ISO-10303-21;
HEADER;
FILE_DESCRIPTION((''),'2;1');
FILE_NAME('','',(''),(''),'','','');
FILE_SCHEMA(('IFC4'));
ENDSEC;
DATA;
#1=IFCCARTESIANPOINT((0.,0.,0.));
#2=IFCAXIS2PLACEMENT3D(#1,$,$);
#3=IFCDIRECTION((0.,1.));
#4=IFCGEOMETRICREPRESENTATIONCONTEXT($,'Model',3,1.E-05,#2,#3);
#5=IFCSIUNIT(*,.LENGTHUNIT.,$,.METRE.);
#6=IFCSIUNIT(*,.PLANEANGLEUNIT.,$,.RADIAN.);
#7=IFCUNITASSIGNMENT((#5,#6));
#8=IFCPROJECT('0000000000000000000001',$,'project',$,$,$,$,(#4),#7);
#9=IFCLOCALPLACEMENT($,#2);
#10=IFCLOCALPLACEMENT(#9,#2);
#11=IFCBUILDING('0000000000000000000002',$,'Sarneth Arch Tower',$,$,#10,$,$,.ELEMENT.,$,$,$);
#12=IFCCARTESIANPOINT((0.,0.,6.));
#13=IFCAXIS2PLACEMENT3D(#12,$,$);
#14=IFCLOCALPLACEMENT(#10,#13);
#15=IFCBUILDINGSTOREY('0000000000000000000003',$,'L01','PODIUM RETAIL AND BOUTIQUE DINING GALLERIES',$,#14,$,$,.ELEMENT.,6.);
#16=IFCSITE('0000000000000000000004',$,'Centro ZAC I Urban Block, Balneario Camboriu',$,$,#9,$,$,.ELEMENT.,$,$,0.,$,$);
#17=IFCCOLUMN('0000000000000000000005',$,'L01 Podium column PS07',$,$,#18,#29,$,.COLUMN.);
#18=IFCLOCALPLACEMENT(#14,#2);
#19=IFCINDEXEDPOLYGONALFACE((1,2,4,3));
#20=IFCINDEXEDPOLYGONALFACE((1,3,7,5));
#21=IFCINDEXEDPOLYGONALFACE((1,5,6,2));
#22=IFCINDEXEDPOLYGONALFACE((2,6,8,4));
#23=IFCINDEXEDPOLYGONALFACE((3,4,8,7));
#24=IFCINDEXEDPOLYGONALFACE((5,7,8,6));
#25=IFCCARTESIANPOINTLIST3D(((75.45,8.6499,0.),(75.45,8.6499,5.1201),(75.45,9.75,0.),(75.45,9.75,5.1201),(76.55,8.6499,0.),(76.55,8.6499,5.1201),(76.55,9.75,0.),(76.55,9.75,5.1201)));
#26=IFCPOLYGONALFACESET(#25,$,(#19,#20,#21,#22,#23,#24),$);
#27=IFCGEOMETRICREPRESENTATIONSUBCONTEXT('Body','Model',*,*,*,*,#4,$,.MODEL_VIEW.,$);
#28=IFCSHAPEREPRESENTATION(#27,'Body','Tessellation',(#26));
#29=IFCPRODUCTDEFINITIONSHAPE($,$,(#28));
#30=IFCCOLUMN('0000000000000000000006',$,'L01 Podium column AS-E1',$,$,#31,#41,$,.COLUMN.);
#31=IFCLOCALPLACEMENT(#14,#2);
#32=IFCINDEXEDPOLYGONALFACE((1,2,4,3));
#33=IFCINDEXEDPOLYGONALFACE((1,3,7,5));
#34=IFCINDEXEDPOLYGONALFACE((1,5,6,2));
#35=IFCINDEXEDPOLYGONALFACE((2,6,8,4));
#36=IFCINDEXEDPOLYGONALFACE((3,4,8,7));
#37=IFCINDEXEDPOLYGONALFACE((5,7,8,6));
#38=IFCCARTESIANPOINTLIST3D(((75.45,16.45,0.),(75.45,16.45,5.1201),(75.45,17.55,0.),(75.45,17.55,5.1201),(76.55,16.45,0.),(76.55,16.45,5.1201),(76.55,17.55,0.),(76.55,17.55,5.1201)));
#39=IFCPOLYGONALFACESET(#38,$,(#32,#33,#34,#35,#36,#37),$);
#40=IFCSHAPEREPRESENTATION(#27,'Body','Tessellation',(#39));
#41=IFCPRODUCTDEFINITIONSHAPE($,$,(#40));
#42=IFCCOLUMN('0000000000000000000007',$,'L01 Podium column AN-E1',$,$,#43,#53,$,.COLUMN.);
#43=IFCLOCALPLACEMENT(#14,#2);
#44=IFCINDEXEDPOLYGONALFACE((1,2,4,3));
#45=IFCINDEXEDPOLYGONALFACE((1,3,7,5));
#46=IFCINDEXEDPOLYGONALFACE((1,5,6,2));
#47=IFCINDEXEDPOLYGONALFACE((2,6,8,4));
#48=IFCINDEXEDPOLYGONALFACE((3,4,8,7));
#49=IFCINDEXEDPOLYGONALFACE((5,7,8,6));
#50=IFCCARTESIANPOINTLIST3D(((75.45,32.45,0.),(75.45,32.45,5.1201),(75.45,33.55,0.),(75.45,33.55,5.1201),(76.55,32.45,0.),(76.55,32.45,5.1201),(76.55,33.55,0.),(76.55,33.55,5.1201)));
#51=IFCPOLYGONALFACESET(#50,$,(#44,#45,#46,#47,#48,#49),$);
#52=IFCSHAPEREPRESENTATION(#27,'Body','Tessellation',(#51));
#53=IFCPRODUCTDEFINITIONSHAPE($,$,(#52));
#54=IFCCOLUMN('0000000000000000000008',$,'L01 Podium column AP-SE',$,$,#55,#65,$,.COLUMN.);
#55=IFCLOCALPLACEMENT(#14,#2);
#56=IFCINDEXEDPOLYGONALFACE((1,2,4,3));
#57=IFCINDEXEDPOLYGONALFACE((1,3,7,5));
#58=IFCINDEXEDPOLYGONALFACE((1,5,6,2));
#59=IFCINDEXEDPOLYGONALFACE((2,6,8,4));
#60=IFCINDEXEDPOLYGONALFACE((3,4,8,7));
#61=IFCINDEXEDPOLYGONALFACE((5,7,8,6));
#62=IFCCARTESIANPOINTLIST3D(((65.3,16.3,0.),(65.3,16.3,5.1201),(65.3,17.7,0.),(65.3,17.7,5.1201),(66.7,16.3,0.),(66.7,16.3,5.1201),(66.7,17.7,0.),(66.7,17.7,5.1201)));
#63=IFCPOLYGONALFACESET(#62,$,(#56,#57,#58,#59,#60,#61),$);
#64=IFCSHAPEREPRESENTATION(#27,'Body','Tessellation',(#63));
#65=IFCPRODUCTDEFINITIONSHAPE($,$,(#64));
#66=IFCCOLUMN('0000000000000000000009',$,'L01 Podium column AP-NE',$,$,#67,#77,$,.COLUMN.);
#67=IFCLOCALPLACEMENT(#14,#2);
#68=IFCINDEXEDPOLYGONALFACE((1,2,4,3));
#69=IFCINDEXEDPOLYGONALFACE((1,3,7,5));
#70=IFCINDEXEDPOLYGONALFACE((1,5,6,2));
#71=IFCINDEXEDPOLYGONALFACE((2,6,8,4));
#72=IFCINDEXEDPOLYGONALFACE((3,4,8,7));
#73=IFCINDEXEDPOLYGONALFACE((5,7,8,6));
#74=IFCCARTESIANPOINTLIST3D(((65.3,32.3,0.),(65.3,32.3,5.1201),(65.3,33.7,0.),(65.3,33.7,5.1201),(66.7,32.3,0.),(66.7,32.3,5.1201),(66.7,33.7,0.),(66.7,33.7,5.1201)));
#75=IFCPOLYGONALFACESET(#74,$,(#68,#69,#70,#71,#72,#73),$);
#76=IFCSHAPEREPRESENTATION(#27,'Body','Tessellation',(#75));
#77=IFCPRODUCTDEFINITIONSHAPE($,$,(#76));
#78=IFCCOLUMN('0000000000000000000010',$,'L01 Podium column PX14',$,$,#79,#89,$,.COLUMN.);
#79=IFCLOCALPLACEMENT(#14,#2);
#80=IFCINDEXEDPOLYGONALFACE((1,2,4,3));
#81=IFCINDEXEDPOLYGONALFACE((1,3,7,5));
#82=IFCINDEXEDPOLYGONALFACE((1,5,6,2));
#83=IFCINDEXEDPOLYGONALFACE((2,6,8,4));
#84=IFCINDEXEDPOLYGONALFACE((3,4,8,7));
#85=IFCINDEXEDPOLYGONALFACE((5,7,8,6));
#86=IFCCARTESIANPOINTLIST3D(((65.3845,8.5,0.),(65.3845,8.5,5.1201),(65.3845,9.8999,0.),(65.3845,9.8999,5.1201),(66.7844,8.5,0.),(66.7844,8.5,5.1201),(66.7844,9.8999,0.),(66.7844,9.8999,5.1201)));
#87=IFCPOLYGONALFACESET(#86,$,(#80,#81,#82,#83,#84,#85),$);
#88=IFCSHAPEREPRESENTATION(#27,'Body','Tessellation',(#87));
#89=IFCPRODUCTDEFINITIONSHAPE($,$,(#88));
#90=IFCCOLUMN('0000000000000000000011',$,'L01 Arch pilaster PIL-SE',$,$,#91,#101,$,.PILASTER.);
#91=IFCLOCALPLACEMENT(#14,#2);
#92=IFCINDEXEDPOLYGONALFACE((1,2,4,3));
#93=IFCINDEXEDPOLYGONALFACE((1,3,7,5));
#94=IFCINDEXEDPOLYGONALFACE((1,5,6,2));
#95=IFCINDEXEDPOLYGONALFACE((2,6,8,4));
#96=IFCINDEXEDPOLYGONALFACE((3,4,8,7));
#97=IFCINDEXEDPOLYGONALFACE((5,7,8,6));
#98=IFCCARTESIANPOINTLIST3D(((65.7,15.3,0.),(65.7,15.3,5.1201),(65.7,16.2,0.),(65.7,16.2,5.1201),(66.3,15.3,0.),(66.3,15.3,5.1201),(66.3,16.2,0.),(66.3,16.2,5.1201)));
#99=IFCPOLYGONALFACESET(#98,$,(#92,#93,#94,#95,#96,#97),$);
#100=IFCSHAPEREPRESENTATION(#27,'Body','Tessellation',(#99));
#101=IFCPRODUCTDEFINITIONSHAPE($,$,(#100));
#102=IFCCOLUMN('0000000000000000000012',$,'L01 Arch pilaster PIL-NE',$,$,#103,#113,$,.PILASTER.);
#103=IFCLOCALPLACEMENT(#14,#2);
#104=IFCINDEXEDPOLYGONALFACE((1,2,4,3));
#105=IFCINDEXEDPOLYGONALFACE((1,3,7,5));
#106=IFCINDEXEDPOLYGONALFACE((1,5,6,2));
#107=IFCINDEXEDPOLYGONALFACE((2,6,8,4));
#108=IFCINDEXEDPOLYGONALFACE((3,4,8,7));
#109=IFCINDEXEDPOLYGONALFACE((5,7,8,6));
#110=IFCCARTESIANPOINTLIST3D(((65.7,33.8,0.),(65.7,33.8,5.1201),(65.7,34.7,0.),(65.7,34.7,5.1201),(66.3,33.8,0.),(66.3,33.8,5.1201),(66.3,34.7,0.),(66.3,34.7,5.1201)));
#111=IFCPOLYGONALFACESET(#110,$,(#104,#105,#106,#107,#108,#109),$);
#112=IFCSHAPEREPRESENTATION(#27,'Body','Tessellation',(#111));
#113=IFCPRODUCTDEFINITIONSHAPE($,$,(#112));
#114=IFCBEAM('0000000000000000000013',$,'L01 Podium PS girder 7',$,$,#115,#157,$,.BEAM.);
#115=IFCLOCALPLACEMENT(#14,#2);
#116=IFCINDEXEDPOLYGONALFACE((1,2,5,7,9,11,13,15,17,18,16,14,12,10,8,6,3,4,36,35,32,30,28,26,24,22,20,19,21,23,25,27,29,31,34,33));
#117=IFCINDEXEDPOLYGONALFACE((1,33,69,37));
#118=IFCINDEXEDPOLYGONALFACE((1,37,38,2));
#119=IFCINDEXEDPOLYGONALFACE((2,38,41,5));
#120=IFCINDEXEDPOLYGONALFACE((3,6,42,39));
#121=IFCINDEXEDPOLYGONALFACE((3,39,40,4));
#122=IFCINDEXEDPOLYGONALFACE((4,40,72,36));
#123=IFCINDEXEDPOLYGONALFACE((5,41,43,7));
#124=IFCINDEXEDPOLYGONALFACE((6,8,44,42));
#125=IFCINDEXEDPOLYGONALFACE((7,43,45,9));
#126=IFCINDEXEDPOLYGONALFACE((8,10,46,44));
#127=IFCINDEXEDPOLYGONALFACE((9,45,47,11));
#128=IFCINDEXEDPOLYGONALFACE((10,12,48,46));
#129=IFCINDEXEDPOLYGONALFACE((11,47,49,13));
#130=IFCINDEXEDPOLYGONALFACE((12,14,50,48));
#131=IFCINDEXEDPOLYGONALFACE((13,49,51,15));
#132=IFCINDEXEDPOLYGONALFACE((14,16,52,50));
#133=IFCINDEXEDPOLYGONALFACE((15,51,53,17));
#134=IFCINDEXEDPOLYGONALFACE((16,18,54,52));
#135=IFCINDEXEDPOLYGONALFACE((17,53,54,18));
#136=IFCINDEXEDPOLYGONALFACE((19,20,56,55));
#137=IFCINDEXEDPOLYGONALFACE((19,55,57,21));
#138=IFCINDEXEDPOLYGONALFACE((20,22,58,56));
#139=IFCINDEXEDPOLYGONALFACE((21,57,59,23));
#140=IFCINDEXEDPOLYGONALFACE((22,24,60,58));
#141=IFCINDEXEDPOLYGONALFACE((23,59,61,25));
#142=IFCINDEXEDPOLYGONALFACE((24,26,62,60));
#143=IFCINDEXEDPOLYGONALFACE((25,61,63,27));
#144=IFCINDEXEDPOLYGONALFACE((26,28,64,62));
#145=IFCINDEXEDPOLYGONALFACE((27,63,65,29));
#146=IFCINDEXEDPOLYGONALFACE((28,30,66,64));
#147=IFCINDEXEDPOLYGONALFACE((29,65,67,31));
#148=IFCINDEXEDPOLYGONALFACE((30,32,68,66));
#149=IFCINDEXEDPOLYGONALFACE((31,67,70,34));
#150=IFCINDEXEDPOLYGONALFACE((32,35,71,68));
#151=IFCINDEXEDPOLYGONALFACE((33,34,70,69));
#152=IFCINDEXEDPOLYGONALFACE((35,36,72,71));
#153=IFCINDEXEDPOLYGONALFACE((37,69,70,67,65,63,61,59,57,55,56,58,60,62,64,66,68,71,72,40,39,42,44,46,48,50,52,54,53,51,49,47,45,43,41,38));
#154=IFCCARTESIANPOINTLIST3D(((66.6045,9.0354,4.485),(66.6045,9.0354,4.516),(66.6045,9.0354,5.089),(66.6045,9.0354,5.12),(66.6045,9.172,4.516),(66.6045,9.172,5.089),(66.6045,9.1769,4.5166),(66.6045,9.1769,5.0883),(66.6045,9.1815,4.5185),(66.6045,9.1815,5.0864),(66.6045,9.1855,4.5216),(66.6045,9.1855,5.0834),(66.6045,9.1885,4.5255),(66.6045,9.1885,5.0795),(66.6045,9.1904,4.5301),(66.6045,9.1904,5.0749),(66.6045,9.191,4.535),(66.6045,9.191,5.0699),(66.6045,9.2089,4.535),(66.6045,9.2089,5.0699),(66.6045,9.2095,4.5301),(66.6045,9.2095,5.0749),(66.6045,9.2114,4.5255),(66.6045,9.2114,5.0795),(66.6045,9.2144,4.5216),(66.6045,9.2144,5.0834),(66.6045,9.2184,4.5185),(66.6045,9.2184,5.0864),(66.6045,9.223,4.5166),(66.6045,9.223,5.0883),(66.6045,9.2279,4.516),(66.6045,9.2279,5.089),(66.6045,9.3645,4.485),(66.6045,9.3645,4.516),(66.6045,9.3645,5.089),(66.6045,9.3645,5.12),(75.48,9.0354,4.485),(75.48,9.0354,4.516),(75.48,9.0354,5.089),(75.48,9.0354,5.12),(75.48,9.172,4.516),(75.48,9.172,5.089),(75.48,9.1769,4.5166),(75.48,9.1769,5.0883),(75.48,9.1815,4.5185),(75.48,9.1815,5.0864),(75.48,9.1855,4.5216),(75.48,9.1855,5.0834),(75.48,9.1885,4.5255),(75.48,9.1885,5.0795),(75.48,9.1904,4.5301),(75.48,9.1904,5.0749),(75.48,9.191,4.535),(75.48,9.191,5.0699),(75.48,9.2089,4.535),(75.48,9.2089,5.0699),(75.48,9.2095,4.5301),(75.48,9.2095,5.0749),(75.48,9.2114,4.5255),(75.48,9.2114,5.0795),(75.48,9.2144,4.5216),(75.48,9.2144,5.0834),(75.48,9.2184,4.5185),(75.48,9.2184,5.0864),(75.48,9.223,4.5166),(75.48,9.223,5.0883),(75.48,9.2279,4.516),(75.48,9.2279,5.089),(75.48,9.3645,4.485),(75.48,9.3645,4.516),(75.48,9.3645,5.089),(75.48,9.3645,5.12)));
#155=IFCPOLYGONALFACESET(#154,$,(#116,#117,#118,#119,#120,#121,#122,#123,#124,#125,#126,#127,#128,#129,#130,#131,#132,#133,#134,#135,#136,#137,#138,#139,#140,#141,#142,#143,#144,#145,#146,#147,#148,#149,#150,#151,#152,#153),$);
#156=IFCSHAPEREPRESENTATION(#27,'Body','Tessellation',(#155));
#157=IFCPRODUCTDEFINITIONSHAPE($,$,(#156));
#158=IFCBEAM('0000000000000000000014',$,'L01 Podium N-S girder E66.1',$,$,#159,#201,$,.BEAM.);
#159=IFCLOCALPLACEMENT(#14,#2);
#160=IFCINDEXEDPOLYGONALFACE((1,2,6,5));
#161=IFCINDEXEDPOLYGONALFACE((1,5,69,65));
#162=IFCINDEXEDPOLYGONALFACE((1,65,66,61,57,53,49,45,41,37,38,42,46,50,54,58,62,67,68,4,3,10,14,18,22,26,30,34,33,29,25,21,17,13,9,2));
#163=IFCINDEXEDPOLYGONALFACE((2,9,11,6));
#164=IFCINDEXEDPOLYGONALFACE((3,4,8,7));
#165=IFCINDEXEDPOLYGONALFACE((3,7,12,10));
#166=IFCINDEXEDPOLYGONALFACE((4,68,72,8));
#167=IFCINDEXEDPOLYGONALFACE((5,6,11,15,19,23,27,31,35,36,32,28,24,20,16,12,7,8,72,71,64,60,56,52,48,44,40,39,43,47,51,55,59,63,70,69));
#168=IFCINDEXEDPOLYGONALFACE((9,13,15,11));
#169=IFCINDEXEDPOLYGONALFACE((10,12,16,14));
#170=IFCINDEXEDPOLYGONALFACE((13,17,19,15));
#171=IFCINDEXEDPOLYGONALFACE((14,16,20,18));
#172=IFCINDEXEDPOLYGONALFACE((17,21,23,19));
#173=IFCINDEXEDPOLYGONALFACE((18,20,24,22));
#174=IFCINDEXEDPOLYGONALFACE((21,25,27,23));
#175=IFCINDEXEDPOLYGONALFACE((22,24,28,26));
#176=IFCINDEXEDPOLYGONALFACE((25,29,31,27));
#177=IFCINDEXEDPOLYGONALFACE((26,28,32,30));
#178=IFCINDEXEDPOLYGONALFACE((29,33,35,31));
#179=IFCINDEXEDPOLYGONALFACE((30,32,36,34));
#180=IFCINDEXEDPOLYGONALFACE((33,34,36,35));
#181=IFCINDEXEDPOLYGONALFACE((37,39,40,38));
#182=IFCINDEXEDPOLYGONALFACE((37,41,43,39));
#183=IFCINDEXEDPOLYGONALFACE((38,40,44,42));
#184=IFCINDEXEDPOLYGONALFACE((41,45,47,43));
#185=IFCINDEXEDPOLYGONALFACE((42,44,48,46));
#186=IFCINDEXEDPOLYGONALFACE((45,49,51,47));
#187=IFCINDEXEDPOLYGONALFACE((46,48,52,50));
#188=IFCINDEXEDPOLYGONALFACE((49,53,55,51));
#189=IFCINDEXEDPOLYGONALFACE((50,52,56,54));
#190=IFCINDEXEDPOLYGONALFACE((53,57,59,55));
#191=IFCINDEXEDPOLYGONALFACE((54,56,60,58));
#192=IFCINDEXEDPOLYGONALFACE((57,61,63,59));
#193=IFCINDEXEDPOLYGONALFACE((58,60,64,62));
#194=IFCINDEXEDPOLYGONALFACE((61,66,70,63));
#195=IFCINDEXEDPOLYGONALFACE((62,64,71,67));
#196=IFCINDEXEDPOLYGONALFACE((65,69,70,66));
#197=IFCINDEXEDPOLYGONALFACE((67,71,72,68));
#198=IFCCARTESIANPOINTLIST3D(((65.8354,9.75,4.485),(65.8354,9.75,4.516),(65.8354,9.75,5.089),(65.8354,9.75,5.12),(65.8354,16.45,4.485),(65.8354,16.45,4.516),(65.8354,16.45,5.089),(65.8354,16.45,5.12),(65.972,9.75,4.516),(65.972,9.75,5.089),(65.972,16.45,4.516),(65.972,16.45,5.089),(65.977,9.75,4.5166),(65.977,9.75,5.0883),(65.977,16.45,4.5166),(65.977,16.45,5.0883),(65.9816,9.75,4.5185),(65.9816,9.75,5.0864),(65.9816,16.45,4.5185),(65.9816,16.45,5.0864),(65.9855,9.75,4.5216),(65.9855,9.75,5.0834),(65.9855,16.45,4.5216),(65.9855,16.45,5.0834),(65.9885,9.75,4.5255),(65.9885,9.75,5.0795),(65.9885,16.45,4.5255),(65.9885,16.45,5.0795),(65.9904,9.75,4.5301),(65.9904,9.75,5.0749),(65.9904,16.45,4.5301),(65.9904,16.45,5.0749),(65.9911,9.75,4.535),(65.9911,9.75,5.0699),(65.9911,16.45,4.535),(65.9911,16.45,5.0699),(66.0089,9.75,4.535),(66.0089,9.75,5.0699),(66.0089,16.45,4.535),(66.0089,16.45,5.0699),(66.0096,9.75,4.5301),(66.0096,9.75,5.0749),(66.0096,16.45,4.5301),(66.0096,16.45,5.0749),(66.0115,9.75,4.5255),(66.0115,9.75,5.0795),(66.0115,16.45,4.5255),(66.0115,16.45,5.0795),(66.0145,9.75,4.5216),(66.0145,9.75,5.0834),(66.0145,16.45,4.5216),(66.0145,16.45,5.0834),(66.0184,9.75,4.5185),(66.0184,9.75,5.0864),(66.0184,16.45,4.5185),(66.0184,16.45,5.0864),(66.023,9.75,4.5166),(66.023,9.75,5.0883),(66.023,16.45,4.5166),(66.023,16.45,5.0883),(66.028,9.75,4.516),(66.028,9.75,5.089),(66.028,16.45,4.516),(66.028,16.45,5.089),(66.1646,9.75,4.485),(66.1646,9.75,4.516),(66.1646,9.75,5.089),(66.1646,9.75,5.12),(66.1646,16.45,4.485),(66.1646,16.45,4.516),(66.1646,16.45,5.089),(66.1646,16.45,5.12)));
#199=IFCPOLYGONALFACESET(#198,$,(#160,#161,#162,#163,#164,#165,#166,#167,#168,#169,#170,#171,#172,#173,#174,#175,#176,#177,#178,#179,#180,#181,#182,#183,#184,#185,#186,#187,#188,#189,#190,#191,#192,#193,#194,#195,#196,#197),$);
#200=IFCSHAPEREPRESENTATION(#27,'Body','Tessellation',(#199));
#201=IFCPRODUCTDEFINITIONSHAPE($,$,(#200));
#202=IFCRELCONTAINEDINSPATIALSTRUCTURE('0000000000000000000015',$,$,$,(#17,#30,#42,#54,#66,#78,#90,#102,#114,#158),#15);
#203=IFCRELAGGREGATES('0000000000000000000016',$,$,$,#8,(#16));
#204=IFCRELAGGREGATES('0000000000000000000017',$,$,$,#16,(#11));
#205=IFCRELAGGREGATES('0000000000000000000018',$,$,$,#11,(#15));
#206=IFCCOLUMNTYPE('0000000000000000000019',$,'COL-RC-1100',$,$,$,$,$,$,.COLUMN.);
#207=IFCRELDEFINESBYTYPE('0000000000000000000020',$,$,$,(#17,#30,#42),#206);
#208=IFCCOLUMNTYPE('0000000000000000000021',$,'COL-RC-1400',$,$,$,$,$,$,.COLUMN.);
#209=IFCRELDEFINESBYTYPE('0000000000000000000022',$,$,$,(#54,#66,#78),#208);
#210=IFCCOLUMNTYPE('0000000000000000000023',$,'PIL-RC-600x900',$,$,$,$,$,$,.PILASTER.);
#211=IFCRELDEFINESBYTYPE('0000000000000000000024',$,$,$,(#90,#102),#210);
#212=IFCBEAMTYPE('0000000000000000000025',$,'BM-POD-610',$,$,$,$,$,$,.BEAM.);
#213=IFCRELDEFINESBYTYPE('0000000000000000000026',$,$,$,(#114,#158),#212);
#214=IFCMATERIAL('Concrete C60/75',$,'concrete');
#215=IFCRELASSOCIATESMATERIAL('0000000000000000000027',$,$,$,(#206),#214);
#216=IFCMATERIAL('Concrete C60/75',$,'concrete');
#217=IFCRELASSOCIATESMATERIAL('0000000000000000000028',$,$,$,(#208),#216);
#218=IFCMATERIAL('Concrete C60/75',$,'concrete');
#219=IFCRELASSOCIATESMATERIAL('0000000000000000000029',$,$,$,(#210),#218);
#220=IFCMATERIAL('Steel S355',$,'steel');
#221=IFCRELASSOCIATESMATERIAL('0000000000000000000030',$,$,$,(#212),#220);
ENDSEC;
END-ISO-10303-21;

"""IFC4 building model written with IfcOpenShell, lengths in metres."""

from ifc_helpers import new_model, si_unit, direction, frame, origin, origin_2d, place, context, subcontext, project, spatial, rectangle, i_section, extrude, material, material_profile, profile_set, type_object, element, save


model = new_model("IFC4")

# Units and contexts
model_context = context("Model", 3, precision=1e-05, world=origin(), true_north=direction((0.0, 1.0)))
body_context = subcontext(model_context, "Body", "Model", "MODEL_VIEW")
ifc_project = project(units=[si_unit("LENGTHUNIT", "METRE"), si_unit("PLANEANGLEUNIT", "RADIAN")], contexts=[model_context])

# Site, building, storey
site_placement = place(None, origin())
site = spatial("IfcSite", under=ifc_project, at=site_placement, Name="Centro ZAC I Urban Block, Balneario Camboriu", CompositionType="ELEMENT", RefElevation=0.0)
building_placement = place(site_placement, origin())
building = spatial("IfcBuilding", under=site, at=building_placement, Name="Sarneth Arch Tower", CompositionType="ELEMENT")
storey_placement = place(building_placement, frame((0.0, 0.0, 6.0)))
storey = spatial("IfcBuildingStorey", under=building, at=storey_placement, Name="L01", Description="PODIUM RETAIL AND BOUTIQUE DINING GALLERIES", CompositionType="ELEMENT", Elevation=6.0)

# Columns
ifc_material_1 = material(Name="Concrete C60/75", Category="concrete")
ifc_material_profile_1 = material_profile(ifc_material_1, rectangle(XDim=1.1001, YDim=1.1001, at=origin_2d()), Name="RC-1100x1100")
ifc_profile_set_1 = profile_set([ifc_material_profile_1], Name="Concrete C60/75")
column_type_1 = type_object("IfcColumnType", Name="COL-RC-1100", PredefinedType="COLUMN", material=ifc_profile_set_1)
for number, where, z_axis, x_axis, name in (
    (1, (76.0, 9.2, 0.0), (0.0, 0.0, 1.0), (1.0, 0.0, 0.0), "L01 Podium column PS07"),
    (2, (76.0, 17.0, 0.0), (0.0, 0.0, 1.0), (1.0, 0.0, 0.0), "L01 Podium column AS-E1"),
    (3, (76.0, 33.0, 0.0), (0.0, 0.0, 1.0), (1.0, 0.0, 0.0), "L01 Podium column AN-E1"),
):
    element("IfcColumn", number, at=place(storey_placement, frame(where, z_axis=z_axis, x_axis=x_axis)), inside=storey, type_object=column_type_1, Name=name, PredefinedType="COLUMN", context=body_context, shape_type="SweptSolid", body=[
        extrude(rectangle(XDim=1.1001, YDim=1.1001, at=origin_2d()), origin(), (0.0, 0.0, 1.0), 5.1201),
    ])
ifc_material_2 = material(Name="Concrete C60/75", Category="concrete")
ifc_material_profile_2 = material_profile(ifc_material_2, rectangle(XDim=1.3999, YDim=1.3999, at=origin_2d()), Name="RC-1400x1400")
ifc_profile_set_2 = profile_set([ifc_material_profile_2], Name="Concrete C60/75")
column_type_2 = type_object("IfcColumnType", Name="COL-RC-1400", PredefinedType="COLUMN", material=ifc_profile_set_2)
for number, where, z_axis, x_axis, name in (
    (4, (66.0, 17.0, 0.0), (0.0, 0.0, 1.0), (1.0, 0.0, 0.0), "L01 Podium column AP-SE"),
    (5, (66.0, 33.0, 0.0), (0.0, 0.0, 1.0), (1.0, 0.0, 0.0), "L01 Podium column AP-NE"),
    (6, (66.0845, 9.2, 0.0), (0.0, 0.0, 1.0), (1.0, 0.0, 0.0), "L01 Podium column PX14"),
):
    element("IfcColumn", number, at=place(storey_placement, frame(where, z_axis=z_axis, x_axis=x_axis)), inside=storey, type_object=column_type_2, Name=name, PredefinedType="COLUMN", context=body_context, shape_type="SweptSolid", body=[
        extrude(rectangle(XDim=1.3999, YDim=1.3999, at=origin_2d()), origin(), (0.0, 0.0, 1.0), 5.1201),
    ])
ifc_material_3 = material(Name="Concrete C60/75", Category="concrete")
ifc_material_profile_3 = material_profile(ifc_material_3, rectangle(XDim=0.6001, YDim=0.8999, at=origin_2d()), Name="RC-600x900")
ifc_profile_set_3 = profile_set([ifc_material_profile_3], Name="Concrete C60/75")
column_type_3 = type_object("IfcColumnType", Name="PIL-RC-600x900", PredefinedType="PILASTER", material=ifc_profile_set_3)
for number, where, z_axis, x_axis, name in (
    (7, (66.0, 15.75, 0.0), (0.0, 0.0, 1.0), (1.0, 0.0, 0.0), "L01 Arch pilaster PIL-SE"),
    (8, (66.0, 34.25, 0.0), (0.0, 0.0, 1.0), (1.0, 0.0, 0.0), "L01 Arch pilaster PIL-NE"),
):
    element("IfcColumn", number, at=place(storey_placement, frame(where, z_axis=z_axis, x_axis=x_axis)), inside=storey, type_object=column_type_3, Name=name, PredefinedType="PILASTER", context=body_context, shape_type="SweptSolid", body=[
        extrude(rectangle(XDim=0.6001, YDim=0.8999, at=origin_2d()), origin(), (0.0, 0.0, 1.0), 5.1201),
    ])

# Beams
ifc_material_4 = material(Name="Steel S355", Category="steel")
ifc_material_profile_4 = material_profile(ifc_material_4, i_section(OverallWidth=0.3291, OverallDepth=0.635, WebThickness=0.0178, FlangeThickness=0.031, FilletRadius=0.019, at=origin_2d()), Name="W610x241")
ifc_profile_set_4 = profile_set([ifc_material_profile_4], Name="Steel S355")
beam_type = type_object("IfcBeamType", Name="BM-POD-610", PredefinedType="BEAM", material=ifc_profile_set_4)
beam_1_placement = place(storey_placement, frame((66.6045, 9.2, 4.8025), z_axis=(1.0, 0.0, 0.0), x_axis=(0.0, 1.0, 0.0)))
element("IfcBeam", 9, at=beam_1_placement, inside=storey, type_object=beam_type, Name="L01 Podium PS girder 7", PredefinedType="BEAM", context=body_context, shape_type="SweptSolid", body=[
    extrude(i_section(OverallWidth=0.3291, OverallDepth=0.635, WebThickness=0.0178, FlangeThickness=0.031, FilletRadius=0.019, at=origin_2d()), origin(), (0.0, 0.0, 1.0), 8.8755),
])
beam_2_placement = place(storey_placement, frame((66.0, 9.75, 4.8025), z_axis=(0.0, 1.0, 0.0), x_axis=(-1.0, 0.0, 0.0)))
element("IfcBeam", 10, at=beam_2_placement, inside=storey, type_object=beam_type, Name="L01 Podium N-S girder E66.1", PredefinedType="BEAM", context=body_context, shape_type="SweptSolid", body=[
    extrude(i_section(OverallWidth=0.3291, OverallDepth=0.635, WebThickness=0.0178, FlangeThickness=0.031, FilletRadius=0.019, at=origin_2d()), origin(), (0.0, 0.0, 1.0), 6.7),
])

save(model, "model.ifc")
